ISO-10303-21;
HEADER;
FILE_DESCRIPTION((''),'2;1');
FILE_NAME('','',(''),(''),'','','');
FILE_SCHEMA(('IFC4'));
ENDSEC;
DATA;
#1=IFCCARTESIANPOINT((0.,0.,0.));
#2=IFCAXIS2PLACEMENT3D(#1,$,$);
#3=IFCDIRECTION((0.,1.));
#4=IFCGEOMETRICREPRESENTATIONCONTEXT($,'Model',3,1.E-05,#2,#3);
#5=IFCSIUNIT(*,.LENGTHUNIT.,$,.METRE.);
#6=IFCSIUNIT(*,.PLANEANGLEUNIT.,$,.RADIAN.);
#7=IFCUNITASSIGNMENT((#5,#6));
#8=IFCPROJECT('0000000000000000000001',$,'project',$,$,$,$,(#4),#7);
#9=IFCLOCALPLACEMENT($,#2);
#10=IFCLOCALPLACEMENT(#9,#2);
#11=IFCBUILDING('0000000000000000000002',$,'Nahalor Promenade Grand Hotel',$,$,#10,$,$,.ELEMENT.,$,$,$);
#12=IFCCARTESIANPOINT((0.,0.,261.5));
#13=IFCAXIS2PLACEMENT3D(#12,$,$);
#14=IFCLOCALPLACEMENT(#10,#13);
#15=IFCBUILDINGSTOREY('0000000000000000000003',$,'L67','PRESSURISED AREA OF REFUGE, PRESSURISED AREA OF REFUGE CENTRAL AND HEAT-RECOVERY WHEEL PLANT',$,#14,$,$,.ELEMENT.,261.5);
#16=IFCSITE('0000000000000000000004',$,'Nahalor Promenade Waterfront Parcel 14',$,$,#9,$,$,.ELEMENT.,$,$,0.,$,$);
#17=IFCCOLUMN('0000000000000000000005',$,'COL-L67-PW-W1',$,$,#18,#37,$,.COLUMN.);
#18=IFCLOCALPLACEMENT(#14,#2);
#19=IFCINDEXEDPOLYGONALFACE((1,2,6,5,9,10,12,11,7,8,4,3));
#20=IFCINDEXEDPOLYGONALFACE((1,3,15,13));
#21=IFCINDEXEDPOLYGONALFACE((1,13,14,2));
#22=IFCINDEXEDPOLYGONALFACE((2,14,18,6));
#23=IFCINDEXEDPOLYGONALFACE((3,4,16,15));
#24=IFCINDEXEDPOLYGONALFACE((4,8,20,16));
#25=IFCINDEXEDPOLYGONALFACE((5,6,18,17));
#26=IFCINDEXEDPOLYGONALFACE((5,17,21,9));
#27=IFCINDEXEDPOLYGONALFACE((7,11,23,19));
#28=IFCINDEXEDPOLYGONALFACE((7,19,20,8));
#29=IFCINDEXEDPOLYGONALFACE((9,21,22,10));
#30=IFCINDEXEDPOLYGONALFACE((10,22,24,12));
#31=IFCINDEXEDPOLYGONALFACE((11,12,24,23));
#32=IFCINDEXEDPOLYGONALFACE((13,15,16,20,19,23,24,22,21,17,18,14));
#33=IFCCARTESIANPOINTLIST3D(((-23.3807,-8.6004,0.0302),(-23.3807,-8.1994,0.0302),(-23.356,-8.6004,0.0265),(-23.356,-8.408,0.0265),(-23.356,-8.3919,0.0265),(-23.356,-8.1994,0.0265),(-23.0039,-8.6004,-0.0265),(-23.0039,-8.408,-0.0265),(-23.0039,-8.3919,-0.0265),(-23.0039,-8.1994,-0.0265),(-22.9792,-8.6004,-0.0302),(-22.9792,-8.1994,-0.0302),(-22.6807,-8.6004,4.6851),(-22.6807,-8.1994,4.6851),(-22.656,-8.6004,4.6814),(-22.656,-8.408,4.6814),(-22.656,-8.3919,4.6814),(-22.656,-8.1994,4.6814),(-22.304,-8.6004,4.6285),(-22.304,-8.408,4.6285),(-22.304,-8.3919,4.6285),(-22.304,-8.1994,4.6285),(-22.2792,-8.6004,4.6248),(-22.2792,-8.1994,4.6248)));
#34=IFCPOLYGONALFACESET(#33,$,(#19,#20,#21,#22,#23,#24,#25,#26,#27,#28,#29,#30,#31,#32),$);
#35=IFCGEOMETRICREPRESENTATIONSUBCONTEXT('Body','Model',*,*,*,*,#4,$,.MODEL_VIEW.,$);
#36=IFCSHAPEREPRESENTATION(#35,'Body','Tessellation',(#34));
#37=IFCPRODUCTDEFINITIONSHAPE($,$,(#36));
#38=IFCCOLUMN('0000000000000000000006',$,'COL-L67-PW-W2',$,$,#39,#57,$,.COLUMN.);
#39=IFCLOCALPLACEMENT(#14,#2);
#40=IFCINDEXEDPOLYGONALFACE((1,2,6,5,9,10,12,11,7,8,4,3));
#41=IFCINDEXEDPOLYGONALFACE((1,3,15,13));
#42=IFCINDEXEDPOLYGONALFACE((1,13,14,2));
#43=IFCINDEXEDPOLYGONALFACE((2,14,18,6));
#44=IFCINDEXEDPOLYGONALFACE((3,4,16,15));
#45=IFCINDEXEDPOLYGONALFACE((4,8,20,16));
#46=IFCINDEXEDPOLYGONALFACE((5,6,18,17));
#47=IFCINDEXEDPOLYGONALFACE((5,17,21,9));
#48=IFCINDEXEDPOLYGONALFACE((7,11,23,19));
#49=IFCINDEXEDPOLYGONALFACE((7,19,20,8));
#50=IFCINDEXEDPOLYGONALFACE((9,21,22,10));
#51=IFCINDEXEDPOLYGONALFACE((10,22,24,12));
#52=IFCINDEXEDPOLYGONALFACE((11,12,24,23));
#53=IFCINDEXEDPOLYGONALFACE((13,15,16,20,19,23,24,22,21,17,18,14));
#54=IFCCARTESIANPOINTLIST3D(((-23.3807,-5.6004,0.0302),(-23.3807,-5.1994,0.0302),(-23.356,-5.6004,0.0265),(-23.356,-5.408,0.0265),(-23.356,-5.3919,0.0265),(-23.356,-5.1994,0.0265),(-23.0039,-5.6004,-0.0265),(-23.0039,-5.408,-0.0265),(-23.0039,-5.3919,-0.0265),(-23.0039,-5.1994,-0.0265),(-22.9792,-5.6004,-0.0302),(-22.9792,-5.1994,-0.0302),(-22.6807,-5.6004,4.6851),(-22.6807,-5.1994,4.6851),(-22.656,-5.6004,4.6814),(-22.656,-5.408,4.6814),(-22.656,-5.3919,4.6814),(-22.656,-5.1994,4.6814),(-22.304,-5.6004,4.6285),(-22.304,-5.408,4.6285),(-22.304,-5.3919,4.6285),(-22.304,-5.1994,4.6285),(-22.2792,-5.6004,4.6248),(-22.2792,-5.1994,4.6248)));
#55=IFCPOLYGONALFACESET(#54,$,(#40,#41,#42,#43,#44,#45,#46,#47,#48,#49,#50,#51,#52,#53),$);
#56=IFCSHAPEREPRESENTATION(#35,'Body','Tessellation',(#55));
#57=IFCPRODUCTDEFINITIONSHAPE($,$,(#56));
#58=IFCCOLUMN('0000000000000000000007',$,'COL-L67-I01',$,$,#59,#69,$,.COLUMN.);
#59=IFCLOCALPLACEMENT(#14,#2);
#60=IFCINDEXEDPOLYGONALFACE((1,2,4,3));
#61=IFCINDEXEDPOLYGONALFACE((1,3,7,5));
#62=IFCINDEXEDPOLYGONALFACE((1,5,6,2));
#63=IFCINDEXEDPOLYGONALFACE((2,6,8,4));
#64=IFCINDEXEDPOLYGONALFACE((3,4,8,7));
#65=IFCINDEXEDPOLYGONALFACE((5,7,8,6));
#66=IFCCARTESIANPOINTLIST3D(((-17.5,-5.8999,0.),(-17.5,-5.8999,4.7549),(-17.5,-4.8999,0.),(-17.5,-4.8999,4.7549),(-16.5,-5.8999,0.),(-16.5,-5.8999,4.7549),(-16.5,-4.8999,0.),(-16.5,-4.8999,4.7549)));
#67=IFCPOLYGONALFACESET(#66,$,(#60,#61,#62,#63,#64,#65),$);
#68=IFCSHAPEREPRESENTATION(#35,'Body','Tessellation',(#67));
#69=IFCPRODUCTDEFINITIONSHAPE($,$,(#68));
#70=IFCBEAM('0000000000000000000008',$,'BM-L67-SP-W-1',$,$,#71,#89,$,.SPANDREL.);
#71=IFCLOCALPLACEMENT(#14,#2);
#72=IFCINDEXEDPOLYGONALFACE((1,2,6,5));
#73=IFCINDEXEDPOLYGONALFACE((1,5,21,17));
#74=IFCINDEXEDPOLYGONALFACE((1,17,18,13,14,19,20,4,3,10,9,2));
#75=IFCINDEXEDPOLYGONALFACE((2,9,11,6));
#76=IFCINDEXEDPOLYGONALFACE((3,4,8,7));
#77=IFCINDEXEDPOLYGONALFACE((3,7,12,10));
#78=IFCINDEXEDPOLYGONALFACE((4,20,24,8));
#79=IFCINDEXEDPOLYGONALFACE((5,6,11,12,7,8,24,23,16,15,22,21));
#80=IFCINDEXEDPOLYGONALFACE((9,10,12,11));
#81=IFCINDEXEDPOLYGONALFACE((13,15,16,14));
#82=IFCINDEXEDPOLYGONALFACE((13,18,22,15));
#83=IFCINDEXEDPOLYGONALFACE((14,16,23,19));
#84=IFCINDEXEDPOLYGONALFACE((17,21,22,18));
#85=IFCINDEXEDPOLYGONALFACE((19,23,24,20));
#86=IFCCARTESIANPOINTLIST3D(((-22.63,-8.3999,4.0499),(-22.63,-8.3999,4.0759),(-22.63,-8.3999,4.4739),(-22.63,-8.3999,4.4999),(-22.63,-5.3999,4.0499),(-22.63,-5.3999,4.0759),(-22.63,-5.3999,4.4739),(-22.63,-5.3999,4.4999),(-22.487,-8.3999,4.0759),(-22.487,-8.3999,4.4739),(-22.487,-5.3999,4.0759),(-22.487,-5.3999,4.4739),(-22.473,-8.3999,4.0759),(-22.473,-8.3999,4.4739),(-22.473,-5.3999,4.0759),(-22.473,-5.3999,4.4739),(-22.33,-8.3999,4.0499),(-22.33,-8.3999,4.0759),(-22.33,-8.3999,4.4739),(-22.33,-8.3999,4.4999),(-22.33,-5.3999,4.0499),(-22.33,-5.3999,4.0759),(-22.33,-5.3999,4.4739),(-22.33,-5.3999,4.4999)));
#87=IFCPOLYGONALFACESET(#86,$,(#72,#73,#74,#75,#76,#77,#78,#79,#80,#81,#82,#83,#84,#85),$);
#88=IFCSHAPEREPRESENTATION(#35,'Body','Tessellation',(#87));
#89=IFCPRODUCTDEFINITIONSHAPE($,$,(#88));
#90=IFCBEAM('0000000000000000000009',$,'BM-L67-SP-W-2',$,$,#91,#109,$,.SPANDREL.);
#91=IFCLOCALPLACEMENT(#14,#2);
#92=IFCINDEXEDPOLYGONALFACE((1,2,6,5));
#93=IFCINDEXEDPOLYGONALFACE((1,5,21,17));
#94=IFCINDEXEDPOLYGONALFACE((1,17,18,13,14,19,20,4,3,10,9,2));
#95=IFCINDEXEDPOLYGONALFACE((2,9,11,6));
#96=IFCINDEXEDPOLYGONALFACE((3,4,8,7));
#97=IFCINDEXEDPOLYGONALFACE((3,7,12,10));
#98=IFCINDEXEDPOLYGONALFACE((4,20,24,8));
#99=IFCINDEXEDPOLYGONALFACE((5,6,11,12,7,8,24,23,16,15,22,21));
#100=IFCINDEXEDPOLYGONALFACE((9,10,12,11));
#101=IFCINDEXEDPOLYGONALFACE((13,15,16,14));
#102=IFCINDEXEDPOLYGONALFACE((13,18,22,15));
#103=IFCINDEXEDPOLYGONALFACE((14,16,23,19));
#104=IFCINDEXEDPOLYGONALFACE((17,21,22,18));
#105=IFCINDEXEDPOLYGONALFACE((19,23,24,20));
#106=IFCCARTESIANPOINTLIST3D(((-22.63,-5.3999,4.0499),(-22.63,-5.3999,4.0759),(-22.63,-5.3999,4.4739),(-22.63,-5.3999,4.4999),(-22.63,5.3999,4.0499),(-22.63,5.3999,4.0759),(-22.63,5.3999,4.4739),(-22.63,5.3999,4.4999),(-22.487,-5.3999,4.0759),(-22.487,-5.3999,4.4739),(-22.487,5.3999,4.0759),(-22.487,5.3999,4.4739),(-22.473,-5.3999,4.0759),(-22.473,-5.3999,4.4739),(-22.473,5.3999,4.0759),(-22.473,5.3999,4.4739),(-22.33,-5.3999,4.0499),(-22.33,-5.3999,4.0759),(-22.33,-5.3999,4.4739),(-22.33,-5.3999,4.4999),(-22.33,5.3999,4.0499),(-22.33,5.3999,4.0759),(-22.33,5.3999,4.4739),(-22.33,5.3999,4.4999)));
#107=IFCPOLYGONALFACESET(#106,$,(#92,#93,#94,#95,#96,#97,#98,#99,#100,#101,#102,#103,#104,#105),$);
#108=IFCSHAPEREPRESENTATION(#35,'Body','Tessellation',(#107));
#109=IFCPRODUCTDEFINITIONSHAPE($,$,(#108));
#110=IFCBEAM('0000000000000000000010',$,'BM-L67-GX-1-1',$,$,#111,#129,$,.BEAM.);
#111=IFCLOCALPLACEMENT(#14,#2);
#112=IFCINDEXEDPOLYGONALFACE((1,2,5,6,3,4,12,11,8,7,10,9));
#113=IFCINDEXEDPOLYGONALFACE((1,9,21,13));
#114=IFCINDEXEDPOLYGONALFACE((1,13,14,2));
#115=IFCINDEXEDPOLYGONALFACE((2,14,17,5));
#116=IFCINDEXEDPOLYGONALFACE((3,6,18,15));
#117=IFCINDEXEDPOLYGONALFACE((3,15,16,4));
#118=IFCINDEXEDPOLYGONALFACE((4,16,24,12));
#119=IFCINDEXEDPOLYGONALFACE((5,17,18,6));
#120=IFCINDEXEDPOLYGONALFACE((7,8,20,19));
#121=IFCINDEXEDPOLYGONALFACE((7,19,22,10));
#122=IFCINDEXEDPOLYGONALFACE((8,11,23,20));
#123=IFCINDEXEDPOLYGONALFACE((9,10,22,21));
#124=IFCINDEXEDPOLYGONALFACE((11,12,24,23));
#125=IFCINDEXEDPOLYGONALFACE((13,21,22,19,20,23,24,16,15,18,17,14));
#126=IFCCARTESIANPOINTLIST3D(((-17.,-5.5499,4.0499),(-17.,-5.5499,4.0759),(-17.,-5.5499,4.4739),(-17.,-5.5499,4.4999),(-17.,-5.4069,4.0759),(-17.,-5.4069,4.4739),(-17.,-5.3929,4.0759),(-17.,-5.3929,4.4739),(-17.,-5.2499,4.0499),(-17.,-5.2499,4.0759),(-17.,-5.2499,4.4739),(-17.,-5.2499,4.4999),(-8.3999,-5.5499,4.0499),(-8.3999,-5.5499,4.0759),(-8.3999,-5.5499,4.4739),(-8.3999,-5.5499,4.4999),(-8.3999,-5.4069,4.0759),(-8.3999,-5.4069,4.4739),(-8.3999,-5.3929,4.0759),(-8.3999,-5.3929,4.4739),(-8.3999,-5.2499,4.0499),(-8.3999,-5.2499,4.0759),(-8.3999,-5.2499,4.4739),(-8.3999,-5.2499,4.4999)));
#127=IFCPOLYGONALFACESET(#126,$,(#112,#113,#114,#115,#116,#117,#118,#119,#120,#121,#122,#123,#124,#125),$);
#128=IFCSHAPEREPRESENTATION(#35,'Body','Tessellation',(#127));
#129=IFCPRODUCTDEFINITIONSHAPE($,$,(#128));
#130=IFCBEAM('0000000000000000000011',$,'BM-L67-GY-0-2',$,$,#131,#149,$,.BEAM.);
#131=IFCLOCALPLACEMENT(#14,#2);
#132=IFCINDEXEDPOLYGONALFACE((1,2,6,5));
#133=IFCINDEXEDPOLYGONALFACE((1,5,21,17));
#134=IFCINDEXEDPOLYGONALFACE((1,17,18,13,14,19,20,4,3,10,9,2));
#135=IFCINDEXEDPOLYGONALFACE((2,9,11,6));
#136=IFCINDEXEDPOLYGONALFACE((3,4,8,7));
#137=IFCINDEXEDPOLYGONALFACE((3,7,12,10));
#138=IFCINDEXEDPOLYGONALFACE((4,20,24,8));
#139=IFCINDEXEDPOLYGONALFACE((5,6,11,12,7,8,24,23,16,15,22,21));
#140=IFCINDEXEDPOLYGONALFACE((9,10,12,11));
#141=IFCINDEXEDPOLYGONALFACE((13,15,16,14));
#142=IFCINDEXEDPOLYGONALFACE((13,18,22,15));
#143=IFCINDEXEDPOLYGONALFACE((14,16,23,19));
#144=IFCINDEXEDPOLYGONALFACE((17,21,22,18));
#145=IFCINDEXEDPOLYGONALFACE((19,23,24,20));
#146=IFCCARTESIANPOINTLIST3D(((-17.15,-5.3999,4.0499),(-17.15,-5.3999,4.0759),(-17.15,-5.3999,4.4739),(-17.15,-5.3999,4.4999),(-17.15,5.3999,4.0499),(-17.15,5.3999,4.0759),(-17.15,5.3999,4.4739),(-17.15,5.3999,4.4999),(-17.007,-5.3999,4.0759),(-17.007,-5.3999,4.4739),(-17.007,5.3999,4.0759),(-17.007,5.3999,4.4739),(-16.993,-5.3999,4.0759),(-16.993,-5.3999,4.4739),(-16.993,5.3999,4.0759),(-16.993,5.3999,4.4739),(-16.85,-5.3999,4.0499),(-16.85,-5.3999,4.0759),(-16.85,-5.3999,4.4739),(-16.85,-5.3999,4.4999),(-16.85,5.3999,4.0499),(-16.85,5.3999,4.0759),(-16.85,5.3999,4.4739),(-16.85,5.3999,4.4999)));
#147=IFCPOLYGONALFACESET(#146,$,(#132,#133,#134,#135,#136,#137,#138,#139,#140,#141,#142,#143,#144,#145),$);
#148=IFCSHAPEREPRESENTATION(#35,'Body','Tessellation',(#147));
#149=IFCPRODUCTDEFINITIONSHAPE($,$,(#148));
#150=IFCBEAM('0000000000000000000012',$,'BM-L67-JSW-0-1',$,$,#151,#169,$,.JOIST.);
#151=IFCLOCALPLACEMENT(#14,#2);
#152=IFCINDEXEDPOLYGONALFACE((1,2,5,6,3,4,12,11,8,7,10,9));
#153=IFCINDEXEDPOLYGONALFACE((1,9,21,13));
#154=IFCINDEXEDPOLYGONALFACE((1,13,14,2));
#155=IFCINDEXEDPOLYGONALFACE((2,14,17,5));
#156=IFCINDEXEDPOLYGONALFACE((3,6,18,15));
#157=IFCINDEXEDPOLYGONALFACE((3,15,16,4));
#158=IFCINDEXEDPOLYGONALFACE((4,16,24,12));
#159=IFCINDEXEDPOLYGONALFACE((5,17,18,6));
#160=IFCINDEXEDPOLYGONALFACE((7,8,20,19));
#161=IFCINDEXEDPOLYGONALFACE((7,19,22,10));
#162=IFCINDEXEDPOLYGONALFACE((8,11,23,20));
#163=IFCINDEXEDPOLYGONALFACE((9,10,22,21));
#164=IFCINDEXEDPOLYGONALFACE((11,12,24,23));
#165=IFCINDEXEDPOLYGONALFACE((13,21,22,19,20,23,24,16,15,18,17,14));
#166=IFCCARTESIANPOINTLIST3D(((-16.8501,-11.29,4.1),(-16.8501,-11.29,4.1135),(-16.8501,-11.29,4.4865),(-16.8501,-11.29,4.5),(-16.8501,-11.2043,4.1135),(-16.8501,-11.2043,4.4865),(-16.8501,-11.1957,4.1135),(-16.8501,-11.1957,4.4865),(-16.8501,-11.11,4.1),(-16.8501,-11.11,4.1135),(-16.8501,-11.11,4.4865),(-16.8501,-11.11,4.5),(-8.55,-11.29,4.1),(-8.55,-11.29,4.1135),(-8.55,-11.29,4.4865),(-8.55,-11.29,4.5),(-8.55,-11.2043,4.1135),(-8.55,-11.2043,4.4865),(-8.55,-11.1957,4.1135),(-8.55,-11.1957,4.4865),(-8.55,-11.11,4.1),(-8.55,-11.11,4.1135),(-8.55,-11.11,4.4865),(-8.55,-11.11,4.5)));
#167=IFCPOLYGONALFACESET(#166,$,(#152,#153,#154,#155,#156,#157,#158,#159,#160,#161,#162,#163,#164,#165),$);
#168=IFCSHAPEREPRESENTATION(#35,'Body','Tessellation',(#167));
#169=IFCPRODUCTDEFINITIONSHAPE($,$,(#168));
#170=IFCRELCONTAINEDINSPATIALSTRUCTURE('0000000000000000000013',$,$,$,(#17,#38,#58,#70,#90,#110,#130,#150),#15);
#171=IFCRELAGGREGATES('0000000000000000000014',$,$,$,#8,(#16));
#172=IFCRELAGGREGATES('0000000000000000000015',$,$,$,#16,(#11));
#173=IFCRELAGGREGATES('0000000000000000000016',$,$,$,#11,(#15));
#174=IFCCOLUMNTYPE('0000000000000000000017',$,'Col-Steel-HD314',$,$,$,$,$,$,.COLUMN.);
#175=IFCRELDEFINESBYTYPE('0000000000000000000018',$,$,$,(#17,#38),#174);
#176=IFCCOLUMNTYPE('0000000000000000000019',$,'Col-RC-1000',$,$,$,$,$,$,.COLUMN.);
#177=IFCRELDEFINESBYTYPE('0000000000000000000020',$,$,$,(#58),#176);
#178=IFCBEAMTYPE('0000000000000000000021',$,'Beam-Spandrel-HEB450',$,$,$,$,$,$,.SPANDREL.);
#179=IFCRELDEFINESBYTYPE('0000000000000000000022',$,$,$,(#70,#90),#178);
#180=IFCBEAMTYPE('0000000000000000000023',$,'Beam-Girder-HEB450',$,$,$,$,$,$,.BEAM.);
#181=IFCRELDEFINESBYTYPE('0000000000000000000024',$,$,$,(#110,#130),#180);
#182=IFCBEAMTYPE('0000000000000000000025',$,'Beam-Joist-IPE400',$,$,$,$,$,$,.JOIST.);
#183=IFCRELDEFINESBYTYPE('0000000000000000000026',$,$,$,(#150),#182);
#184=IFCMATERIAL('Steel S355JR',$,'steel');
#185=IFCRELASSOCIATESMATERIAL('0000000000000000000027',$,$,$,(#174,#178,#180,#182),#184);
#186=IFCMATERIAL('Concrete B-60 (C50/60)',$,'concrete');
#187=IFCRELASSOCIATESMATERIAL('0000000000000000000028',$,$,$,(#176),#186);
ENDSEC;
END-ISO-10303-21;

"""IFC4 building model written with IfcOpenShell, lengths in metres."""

from ifc_helpers import new_model, si_unit, direction, frame, origin, origin_2d, place, context, subcontext, project, spatial, rectangle, i_section, extrude, source, transform, mapped, material, material_profile, profile_set, type_object, element, save


model = new_model("IFC4")

# Units and contexts
model_context = context("Model", 3, precision=1e-05, world=origin(), true_north=direction((0.0, 1.0)))
body_context = subcontext(model_context, "Body", "Model", "MODEL_VIEW")
ifc_project = project(units=[si_unit("LENGTHUNIT", "METRE"), si_unit("PLANEANGLEUNIT", "RADIAN")], contexts=[model_context])

# Site, building, storey
site_placement = place(None, origin())
site = spatial("IfcSite", under=ifc_project, at=site_placement, Name="Nahalor Promenade Waterfront Parcel 14", CompositionType="ELEMENT", RefElevation=0.0)
building_placement = place(site_placement, origin())
building = spatial("IfcBuilding", under=site, at=building_placement, Name="Nahalor Promenade Grand Hotel", CompositionType="ELEMENT")
storey_placement = place(building_placement, frame((0.0, 0.0, 261.5)))
storey = spatial("IfcBuildingStorey", under=building, at=storey_placement, Name="L67", Description="PRESSURISED AREA OF REFUGE, PRESSURISED AREA OF REFUGE CENTRAL AND HEAT-RECOVERY WHEEL PLANT", CompositionType="ELEMENT", Elevation=261.5)

# Columns
ifc_material_1 = material(Name="Steel S355JR", Category="steel")
ifc_material_profile_1 = material_profile(ifc_material_1, i_section(OverallWidth=0.401, OverallDepth=0.406, WebThickness=0.0161, FlangeThickness=0.025, at=origin_2d()), Name="HD 400x314")
ifc_profile_set_1 = profile_set([ifc_material_profile_1], Name="Steel S355JR")
column_type_1 = type_object("IfcColumnType", Name="Col-Steel-HD314", PredefinedType="COLUMN", material=ifc_profile_set_1)
shared_shape_1 = source(origin(), body_context, "Body", "SweptSolid", [
    extrude(i_section(OverallWidth=0.401, OverallDepth=0.406, WebThickness=0.0161, FlangeThickness=0.025, at=origin_2d()), origin(), (0.0, 0.0, 1.0), 4.7073),
])
for number, where, z_axis, x_axis, name in (
    (1, (-23.1799, -8.3999, 0.0), (0.148693, 0.0, 0.988883), (0.0, 1.0, 0.0), "COL-L67-PW-W1"),
    (2, (-23.1799, -5.3999, 0.0), (0.148693, 0.0, 0.988883), (0.0, 1.0, 0.0), "COL-L67-PW-W2"),
):
    element("IfcColumn", number, at=place(storey_placement, frame(where, z_axis=z_axis, x_axis=x_axis)), inside=storey, type_object=column_type_1, Name=name, PredefinedType="COLUMN", context=body_context, shape_type="MappedRepresentation", body=[
        mapped(shared_shape_1, transform((0.0, 0.0, 0.0), scale=1.0)),
    ])
ifc_material_2 = material(Name="Concrete B-60 (C50/60)", Category="concrete")
ifc_material_profile_2 = material_profile(ifc_material_2, rectangle(XDim=1.0, YDim=1.0, at=origin_2d()), Name="RC 1000x1000")
ifc_profile_set_2 = profile_set([ifc_material_profile_2], Name="Concrete B-60 (C50/60)")
column_type_2 = type_object("IfcColumnType", Name="Col-RC-1000", PredefinedType="COLUMN", material=ifc_profile_set_2)
shared_shape_2 = source(origin(), body_context, "Body", "SweptSolid", [
    extrude(rectangle(XDim=1.0, YDim=1.0, at=origin_2d()), origin(), (0.0, 0.0, 1.0), 4.7549),
])
column_placement = place(storey_placement, frame((-17.0, -5.3999, 0.0), z_axis=(0.0, 0.0, 1.0), x_axis=(1.0, 0.0, 0.0)))
element("IfcColumn", 3, at=column_placement, inside=storey, type_object=column_type_2, Name="COL-L67-I01", PredefinedType="COLUMN", context=body_context, shape_type="MappedRepresentation", body=[
    mapped(shared_shape_2, transform((0.0, 0.0, 0.0), scale=1.0)),
])

# Beams
ifc_material_profile_3 = material_profile(ifc_material_1, i_section(OverallWidth=0.3, OverallDepth=0.45, WebThickness=0.014, FlangeThickness=0.026, at=origin_2d()), Name="HEB 450")
ifc_profile_set_3 = profile_set([ifc_material_profile_3], Name="Steel S355JR")
beam_type_1 = type_object("IfcBeamType", Name="Beam-Spandrel-HEB450", PredefinedType="SPANDREL", material=ifc_profile_set_3)
shared_shape_3 = source(origin(), body_context, "Body", "SweptSolid", [
    extrude(i_section(OverallWidth=0.3, OverallDepth=0.45, WebThickness=0.014, FlangeThickness=0.026, at=origin_2d()), origin(), (0.0, 0.0, 1.0), 3.0),
])
beam_1_placement = place(storey_placement, frame((-22.48, -8.3999, 4.2749), z_axis=(0.0, 1.0, 0.0), x_axis=(-1.0, 0.0, 0.0)))
element("IfcBeam", 4, at=beam_1_placement, inside=storey, type_object=beam_type_1, Name="BM-L67-SP-W-1", PredefinedType="SPANDREL", context=body_context, shape_type="MappedRepresentation", body=[
    mapped(shared_shape_3, transform((0.0, 0.0, 0.0), scale=1.0)),
])
shared_shape_4 = source(origin(), body_context, "Body", "SweptSolid", [
    extrude(i_section(OverallWidth=0.3, OverallDepth=0.45, WebThickness=0.014, FlangeThickness=0.026, at=origin_2d()), origin(), (0.0, 0.0, 1.0), 10.7998),
])
beam_2_placement = place(storey_placement, frame((-22.48, -5.3999, 4.2749), z_axis=(0.0, 1.0, 0.0), x_axis=(-1.0, 0.0, 0.0)))
element("IfcBeam", 5, at=beam_2_placement, inside=storey, type_object=beam_type_1, Name="BM-L67-SP-W-2", PredefinedType="SPANDREL", context=body_context, shape_type="MappedRepresentation", body=[
    mapped(shared_shape_4, transform((0.0, 0.0, 0.0), scale=1.0)),
])
ifc_material_profile_4 = material_profile(ifc_material_1, i_section(OverallWidth=0.3, OverallDepth=0.45, WebThickness=0.014, FlangeThickness=0.026, at=origin_2d()), Name="HEB 450")
ifc_profile_set_4 = profile_set([ifc_material_profile_4], Name="Steel S355JR")
beam_type_2 = type_object("IfcBeamType", Name="Beam-Girder-HEB450", PredefinedType="BEAM", material=ifc_profile_set_4)
shared_shape_5 = source(origin(), body_context, "Body", "SweptSolid", [
    extrude(i_section(OverallWidth=0.3, OverallDepth=0.45, WebThickness=0.014, FlangeThickness=0.026, at=origin_2d()), origin(), (0.0, 0.0, 1.0), 8.6001),
])
beam_3_placement = place(storey_placement, frame((-17.0, -5.3999, 4.2749), z_axis=(1.0, 0.0, 0.0), x_axis=(0.0, 1.0, 0.0)))
element("IfcBeam", 6, at=beam_3_placement, inside=storey, type_object=beam_type_2, Name="BM-L67-GX-1-1", PredefinedType="BEAM", context=body_context, shape_type="MappedRepresentation", body=[
    mapped(shared_shape_5, transform((0.0, 0.0, 0.0), scale=1.0)),
])
shared_shape_6 = source(origin(), body_context, "Body", "SweptSolid", [
    extrude(i_section(OverallWidth=0.3, OverallDepth=0.45, WebThickness=0.014, FlangeThickness=0.026, at=origin_2d()), origin(), (0.0, 0.0, 1.0), 10.7998),
])
beam_4_placement = place(storey_placement, frame((-17.0, -5.3999, 4.2749), z_axis=(0.0, 1.0, 0.0), x_axis=(-1.0, 0.0, 0.0)))
element("IfcBeam", 7, at=beam_4_placement, inside=storey, type_object=beam_type_2, Name="BM-L67-GY-0-2", PredefinedType="BEAM", context=body_context, shape_type="MappedRepresentation", body=[
    mapped(shared_shape_6, transform((0.0, 0.0, 0.0), scale=1.0)),
])
ifc_material_profile_5 = material_profile(ifc_material_1, i_section(OverallWidth=0.18, OverallDepth=0.4, WebThickness=0.0086, FlangeThickness=0.0135, at=origin_2d()), Name="IPE 400")
ifc_profile_set_5 = profile_set([ifc_material_profile_5], Name="Steel S355JR")
beam_type_3 = type_object("IfcBeamType", Name="Beam-Joist-IPE400", PredefinedType="JOIST", material=ifc_profile_set_5)
shared_shape_7 = source(origin(), body_context, "Body", "SweptSolid", [
    extrude(i_section(OverallWidth=0.18, OverallDepth=0.4, WebThickness=0.0086, FlangeThickness=0.0135, at=origin_2d()), origin(), (0.0, 0.0, 1.0), 8.3),
])
beam_5_placement = place(storey_placement, frame((-16.8501, -11.2, 4.3), z_axis=(1.0, 0.0, 0.0), x_axis=(0.0, 1.0, 0.0)))
element("IfcBeam", 8, at=beam_5_placement, inside=storey, type_object=beam_type_3, Name="BM-L67-JSW-0-1", PredefinedType="JOIST", context=body_context, shape_type="MappedRepresentation", body=[
    mapped(shared_shape_7, transform((0.0, 0.0, 0.0), scale=1.0)),
])

save(model, "model.ifc")
